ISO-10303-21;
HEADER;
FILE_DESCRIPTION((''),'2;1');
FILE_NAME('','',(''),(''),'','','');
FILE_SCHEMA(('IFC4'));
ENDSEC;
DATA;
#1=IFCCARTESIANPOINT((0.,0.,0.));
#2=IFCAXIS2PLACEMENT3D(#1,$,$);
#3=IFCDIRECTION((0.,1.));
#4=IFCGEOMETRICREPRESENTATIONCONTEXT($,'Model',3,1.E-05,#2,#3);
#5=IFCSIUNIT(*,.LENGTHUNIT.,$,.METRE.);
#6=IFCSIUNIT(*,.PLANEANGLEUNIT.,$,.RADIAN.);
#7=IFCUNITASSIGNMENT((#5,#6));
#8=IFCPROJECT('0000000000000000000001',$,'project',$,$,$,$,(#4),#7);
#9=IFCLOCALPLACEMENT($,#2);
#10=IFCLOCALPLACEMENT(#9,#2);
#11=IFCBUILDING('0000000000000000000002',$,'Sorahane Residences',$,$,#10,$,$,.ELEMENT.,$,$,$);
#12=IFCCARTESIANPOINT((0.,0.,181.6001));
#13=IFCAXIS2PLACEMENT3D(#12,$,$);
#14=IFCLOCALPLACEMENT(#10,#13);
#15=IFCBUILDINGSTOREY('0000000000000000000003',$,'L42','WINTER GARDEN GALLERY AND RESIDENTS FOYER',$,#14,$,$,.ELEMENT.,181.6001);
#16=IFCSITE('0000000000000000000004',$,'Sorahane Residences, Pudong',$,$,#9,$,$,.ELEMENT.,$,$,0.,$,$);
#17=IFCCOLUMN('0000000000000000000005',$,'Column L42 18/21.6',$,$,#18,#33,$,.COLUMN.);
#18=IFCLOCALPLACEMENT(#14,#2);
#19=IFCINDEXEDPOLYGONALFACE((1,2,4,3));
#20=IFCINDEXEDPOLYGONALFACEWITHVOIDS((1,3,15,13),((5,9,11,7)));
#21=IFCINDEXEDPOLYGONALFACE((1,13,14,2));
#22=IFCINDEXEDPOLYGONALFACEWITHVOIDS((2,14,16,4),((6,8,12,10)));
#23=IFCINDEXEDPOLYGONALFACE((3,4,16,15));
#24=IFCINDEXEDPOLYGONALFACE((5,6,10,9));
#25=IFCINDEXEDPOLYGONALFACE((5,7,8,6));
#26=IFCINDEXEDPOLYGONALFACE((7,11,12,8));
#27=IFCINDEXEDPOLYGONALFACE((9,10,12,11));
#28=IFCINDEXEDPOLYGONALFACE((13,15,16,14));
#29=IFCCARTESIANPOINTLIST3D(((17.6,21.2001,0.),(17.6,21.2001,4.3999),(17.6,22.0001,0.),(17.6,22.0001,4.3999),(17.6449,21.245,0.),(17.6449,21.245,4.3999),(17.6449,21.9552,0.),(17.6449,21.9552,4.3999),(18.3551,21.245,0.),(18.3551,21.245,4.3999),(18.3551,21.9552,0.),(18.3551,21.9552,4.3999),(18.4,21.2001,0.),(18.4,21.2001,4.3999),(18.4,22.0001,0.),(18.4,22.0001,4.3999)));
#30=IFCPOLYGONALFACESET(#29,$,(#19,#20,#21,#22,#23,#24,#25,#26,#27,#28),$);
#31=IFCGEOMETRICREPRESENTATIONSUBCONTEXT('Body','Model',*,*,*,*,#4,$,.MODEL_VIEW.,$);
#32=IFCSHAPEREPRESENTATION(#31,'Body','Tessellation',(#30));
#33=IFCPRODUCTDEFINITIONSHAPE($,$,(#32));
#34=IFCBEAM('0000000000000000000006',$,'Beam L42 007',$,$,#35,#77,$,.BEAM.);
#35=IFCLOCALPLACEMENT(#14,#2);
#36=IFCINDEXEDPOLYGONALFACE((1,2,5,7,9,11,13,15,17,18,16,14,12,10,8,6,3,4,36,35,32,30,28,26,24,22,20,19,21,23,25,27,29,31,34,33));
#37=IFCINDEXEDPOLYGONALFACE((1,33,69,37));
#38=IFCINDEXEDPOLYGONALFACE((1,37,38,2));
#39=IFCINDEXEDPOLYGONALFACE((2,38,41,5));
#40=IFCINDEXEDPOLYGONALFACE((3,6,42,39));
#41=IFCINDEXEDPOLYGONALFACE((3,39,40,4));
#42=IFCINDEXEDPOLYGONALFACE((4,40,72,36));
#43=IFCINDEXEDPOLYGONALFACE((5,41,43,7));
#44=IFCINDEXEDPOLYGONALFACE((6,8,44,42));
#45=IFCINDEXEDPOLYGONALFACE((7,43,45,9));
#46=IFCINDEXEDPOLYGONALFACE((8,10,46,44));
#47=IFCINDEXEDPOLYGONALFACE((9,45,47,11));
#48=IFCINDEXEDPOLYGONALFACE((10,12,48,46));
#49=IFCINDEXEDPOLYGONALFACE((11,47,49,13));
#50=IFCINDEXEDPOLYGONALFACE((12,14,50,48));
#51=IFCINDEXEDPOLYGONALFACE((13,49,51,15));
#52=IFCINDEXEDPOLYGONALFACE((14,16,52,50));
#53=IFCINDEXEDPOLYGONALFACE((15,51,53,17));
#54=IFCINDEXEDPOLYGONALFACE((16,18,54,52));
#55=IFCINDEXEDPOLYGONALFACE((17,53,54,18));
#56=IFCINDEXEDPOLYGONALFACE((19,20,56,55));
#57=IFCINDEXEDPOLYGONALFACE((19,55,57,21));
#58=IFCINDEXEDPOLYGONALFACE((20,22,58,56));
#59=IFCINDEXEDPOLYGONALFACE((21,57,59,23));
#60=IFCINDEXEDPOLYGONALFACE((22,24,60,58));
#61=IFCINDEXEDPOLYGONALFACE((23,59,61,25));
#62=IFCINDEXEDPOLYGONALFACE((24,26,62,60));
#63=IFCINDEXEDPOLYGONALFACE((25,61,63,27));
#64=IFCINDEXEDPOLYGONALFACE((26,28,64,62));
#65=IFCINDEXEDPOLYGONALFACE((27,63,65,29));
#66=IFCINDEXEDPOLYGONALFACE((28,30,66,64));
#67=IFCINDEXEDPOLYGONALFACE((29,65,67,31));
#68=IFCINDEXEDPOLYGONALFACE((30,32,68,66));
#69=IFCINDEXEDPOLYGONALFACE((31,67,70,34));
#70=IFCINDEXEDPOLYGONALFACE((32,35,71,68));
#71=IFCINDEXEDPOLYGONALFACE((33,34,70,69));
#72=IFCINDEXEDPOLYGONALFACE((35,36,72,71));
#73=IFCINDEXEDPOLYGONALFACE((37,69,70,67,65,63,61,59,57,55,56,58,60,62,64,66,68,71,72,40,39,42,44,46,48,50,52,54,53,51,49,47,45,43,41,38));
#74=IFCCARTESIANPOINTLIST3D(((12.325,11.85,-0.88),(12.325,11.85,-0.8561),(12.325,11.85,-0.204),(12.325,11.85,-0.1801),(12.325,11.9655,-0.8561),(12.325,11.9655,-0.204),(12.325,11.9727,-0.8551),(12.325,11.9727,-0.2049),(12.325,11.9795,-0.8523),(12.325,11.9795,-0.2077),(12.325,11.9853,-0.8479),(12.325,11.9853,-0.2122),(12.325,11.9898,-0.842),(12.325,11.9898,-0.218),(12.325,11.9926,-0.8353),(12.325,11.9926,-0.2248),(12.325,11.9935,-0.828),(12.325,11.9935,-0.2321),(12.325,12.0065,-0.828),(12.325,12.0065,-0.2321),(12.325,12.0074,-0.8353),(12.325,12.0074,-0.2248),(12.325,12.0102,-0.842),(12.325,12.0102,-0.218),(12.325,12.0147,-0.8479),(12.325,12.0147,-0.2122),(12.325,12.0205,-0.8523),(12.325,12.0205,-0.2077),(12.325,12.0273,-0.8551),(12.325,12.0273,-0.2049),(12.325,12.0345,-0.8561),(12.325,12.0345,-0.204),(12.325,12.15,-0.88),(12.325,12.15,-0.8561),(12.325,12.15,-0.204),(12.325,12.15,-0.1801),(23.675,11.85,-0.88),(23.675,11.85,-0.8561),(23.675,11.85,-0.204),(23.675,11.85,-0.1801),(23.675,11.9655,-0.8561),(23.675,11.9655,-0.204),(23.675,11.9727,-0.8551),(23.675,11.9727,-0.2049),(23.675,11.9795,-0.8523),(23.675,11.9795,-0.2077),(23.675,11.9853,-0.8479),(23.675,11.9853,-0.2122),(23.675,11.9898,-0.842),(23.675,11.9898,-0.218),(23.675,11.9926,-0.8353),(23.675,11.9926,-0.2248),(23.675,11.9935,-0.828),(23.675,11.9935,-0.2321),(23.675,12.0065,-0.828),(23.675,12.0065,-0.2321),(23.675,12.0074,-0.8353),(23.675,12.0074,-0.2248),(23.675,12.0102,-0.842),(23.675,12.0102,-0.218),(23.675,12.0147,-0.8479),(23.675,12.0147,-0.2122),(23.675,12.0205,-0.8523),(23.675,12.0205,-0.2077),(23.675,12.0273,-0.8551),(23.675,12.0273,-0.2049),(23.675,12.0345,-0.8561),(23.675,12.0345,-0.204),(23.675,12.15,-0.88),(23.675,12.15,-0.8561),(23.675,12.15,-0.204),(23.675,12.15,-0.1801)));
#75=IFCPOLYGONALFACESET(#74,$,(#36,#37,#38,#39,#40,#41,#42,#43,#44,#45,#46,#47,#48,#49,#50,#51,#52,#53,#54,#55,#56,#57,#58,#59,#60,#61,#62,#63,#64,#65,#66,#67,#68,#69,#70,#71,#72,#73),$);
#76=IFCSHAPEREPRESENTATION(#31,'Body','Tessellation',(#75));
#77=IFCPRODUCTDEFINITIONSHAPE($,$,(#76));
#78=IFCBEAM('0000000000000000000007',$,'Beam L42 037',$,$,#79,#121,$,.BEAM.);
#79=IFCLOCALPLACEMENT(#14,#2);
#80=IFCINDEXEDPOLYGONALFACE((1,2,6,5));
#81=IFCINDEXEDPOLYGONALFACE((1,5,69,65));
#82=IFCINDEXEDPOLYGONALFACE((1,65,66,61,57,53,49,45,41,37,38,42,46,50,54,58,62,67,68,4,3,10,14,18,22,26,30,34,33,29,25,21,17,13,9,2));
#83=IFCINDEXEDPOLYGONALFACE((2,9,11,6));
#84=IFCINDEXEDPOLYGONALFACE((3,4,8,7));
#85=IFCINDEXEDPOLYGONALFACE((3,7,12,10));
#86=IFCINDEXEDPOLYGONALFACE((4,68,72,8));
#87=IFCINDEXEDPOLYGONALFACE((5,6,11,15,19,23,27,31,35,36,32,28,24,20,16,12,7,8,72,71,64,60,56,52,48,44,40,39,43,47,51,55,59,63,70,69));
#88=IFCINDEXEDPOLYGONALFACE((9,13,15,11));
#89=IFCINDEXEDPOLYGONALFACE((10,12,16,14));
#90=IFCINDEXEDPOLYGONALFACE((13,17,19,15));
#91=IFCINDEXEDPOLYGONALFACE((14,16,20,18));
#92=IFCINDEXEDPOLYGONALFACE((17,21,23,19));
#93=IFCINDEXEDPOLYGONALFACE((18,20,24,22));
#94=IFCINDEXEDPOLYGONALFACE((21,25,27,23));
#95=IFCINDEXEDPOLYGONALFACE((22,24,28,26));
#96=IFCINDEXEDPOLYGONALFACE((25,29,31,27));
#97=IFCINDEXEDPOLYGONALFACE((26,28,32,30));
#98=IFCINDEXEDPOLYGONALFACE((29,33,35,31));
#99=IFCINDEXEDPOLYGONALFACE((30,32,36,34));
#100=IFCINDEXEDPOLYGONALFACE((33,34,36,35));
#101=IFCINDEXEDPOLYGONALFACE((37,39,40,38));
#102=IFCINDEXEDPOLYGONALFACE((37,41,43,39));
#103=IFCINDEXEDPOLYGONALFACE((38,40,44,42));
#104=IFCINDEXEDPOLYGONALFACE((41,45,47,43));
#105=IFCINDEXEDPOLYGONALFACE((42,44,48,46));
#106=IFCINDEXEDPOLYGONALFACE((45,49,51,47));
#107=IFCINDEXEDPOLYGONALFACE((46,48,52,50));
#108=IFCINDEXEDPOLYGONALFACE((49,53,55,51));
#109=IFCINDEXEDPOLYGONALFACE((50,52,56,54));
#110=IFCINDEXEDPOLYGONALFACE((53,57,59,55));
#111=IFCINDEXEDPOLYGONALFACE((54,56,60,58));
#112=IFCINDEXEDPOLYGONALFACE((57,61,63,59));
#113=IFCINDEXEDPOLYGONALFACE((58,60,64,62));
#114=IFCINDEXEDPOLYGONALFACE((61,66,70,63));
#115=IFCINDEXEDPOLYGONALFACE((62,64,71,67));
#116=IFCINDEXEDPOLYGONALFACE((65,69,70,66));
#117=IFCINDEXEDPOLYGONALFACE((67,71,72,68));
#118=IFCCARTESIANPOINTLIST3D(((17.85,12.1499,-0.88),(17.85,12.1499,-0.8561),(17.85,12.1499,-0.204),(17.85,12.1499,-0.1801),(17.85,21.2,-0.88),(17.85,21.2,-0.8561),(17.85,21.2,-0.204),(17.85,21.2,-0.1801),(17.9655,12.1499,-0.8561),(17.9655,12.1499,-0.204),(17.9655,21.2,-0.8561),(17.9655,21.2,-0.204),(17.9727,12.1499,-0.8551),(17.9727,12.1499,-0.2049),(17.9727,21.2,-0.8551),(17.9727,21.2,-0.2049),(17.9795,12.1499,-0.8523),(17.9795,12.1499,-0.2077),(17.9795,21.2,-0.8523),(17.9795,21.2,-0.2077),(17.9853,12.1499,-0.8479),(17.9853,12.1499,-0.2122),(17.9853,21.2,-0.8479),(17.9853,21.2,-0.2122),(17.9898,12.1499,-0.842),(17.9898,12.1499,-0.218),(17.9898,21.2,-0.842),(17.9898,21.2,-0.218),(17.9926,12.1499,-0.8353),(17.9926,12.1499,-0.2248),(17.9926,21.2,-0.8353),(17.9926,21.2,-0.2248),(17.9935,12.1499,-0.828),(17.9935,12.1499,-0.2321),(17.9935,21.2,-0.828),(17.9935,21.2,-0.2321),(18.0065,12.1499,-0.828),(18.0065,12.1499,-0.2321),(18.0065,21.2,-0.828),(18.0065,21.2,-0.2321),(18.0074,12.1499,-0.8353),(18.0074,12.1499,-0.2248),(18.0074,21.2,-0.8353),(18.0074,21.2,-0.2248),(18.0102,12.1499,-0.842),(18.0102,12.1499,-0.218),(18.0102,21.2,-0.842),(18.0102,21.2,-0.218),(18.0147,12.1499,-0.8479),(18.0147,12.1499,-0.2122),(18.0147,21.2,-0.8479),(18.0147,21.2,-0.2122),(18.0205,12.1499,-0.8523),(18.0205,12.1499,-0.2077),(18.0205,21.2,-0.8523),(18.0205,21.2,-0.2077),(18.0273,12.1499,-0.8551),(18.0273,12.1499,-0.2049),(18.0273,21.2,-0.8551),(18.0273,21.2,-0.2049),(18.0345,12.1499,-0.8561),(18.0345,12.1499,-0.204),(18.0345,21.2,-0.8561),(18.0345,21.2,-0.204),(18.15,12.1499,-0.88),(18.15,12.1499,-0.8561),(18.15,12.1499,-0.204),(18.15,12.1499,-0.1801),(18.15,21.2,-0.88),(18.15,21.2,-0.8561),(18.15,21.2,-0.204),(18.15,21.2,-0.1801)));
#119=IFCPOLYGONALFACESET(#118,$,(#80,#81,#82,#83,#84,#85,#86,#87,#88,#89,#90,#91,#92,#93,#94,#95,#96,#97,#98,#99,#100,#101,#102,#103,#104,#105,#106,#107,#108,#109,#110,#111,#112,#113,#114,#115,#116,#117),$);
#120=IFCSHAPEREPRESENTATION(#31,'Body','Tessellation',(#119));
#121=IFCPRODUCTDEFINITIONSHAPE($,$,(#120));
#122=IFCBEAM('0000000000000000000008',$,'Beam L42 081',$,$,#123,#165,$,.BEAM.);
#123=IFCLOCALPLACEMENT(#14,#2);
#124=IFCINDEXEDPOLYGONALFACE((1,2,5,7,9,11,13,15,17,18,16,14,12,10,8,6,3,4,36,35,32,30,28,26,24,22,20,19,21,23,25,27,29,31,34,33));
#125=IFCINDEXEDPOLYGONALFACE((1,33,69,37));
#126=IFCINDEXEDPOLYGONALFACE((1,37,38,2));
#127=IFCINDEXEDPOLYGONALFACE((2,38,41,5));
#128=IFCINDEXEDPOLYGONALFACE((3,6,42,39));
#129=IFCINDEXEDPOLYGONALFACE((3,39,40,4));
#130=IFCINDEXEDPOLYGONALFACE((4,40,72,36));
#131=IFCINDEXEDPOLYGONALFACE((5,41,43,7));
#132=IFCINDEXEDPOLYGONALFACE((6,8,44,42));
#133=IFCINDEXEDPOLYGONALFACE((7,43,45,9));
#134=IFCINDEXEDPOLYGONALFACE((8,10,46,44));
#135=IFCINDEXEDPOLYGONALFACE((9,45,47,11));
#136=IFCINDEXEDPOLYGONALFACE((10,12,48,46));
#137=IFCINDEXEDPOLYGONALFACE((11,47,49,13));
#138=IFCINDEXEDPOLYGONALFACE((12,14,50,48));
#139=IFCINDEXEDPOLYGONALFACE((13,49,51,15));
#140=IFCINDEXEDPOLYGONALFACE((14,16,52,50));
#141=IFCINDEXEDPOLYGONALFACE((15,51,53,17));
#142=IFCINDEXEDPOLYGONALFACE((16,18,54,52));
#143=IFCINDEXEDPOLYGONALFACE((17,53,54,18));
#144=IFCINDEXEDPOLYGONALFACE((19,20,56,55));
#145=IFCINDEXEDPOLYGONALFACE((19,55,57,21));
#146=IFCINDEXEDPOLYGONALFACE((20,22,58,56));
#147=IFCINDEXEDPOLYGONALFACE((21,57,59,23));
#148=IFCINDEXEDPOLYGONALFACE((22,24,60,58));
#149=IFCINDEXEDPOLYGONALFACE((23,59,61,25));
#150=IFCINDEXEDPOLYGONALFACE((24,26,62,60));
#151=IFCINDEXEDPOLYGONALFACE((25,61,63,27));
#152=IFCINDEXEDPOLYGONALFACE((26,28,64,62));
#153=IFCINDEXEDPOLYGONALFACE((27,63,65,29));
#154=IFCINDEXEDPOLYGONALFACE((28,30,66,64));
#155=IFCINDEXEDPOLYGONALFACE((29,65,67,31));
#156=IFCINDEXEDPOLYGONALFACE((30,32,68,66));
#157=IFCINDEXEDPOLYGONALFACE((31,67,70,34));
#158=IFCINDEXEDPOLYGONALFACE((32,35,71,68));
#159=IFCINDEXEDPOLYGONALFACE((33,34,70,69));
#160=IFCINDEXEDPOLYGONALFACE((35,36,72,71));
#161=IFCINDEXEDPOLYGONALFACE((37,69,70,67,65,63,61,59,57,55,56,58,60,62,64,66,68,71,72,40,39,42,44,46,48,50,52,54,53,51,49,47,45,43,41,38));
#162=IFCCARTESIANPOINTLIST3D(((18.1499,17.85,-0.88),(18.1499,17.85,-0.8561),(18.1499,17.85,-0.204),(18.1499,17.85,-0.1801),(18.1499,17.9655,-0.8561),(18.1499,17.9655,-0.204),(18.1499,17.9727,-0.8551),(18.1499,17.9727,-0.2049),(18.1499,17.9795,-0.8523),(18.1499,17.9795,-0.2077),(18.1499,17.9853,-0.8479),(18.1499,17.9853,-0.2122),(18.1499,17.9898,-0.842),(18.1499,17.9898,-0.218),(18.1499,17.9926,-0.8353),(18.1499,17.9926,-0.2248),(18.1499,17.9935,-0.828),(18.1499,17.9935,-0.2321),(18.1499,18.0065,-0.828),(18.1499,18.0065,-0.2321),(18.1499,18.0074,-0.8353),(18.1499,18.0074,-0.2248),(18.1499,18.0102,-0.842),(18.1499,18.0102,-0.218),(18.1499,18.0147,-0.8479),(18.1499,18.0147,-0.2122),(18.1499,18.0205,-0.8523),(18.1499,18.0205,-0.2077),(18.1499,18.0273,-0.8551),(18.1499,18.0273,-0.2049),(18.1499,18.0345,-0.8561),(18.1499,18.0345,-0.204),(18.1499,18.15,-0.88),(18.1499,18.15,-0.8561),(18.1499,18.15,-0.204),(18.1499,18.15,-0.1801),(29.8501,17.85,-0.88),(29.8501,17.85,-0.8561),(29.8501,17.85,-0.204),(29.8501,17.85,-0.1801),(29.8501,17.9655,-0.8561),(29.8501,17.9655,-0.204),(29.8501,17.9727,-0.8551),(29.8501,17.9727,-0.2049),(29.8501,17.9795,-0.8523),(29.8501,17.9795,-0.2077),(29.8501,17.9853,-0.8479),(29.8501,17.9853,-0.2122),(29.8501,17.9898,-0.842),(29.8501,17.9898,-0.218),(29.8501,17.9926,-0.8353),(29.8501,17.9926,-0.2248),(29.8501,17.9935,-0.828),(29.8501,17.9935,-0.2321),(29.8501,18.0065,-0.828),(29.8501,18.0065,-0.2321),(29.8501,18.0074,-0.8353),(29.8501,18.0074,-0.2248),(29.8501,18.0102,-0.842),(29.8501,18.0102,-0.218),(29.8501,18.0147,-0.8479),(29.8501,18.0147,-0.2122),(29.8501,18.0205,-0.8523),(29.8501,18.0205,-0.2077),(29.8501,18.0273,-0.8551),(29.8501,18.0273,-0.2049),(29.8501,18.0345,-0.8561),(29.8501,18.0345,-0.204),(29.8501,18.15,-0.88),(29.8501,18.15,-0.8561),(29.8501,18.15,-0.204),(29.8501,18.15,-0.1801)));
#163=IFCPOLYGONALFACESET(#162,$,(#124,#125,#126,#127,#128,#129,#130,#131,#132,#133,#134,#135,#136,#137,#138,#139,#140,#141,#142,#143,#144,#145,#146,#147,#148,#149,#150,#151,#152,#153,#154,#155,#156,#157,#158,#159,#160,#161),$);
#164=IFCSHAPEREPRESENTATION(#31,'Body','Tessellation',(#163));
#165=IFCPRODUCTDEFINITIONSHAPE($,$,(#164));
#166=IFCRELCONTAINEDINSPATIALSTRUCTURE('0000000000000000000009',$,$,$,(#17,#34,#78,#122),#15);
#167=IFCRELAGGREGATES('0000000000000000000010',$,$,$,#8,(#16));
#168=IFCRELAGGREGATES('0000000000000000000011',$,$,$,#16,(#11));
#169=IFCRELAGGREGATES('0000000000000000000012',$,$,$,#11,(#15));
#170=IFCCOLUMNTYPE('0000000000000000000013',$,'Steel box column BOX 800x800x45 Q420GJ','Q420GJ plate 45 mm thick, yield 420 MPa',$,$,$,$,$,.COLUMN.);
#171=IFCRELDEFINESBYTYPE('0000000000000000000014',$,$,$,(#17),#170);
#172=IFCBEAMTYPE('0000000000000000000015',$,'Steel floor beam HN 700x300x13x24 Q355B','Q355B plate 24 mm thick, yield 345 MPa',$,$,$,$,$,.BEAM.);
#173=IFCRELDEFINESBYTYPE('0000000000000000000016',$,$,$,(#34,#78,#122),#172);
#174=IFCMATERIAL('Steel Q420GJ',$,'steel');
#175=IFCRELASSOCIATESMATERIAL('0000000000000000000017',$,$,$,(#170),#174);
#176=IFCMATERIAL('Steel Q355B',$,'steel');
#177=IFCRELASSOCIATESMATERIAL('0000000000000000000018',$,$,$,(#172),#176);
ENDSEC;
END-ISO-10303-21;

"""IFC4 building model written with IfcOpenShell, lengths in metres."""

from ifc_helpers import new_model, si_unit, direction, frame, origin, origin_2d, place, context, subcontext, project, spatial, hollow_rectangle, i_section, extrude, material, material_profile, profile_set, type_object, element, save


model = new_model("IFC4")

# Units and contexts
model_context = context("Model", 3, precision=1e-05, world=origin(), true_north=direction((0.0, 1.0)))
body_context = subcontext(model_context, "Body", "Model", "MODEL_VIEW")
ifc_project = project(units=[si_unit("LENGTHUNIT", "METRE"), si_unit("PLANEANGLEUNIT", "RADIAN")], contexts=[model_context])

# Site, building, storey
site_placement = place(None, origin())
site = spatial("IfcSite", under=ifc_project, at=site_placement, Name="Sorahane Residences, Pudong", CompositionType="ELEMENT", RefElevation=0.0)
building_placement = place(site_placement, origin())
building = spatial("IfcBuilding", under=site, at=building_placement, Name="Sorahane Residences", CompositionType="ELEMENT")
storey_placement = place(building_placement, frame((0.0, 0.0, 181.6001)))
storey = spatial("IfcBuildingStorey", under=building, at=storey_placement, Name="L42", Description="WINTER GARDEN GALLERY AND RESIDENTS FOYER", CompositionType="ELEMENT", Elevation=181.6001)

# Column
ifc_material_1 = material(Name="Steel Q420GJ", Category="steel")
ifc_material_profile_1 = material_profile(ifc_material_1, hollow_rectangle(XDim=0.8, YDim=0.8, WallThickness=0.0449, at=origin_2d()), Name="BOX 800x800x45")
ifc_profile_set_1 = profile_set([ifc_material_profile_1], Name="Steel Q420GJ")
column_type = type_object("IfcColumnType", Name="Steel box column BOX 800x800x45 Q420GJ", Description="Q420GJ plate 45 mm thick, yield 420 MPa", PredefinedType="COLUMN", material=ifc_profile_set_1)
column_placement = place(storey_placement, frame((18.0, 21.6001, 0.0), z_axis=(0.0, 0.0, 1.0), x_axis=(1.0, 0.0, 0.0)))
element("IfcColumn", 1, at=column_placement, inside=storey, type_object=column_type, Name="Column L42 18/21.6", PredefinedType="COLUMN", context=body_context, shape_type="SweptSolid", body=[
    extrude(hollow_rectangle(XDim=0.8, YDim=0.8, WallThickness=0.0449, at=origin_2d()), origin(), (0.0, 0.0, 1.0), 4.3999),
])

# Beams
ifc_material_2 = material(Name="Steel Q355B", Category="steel")
ifc_material_profile_2 = material_profile(ifc_material_2, i_section(OverallWidth=0.3, OverallDepth=0.7, WebThickness=0.0129, FlangeThickness=0.0239, FilletRadius=0.0281, at=origin_2d()), Name="HN 700x300x13x24")
ifc_profile_set_2 = profile_set([ifc_material_profile_2], Name="Steel Q355B")
beam_type = type_object("IfcBeamType", Name="Steel floor beam HN 700x300x13x24 Q355B", Description="Q355B plate 24 mm thick, yield 345 MPa", PredefinedType="BEAM", material=ifc_profile_set_2)
beam_1_placement = place(storey_placement, frame((12.325, 12.0, -0.53), z_axis=(1.0, 0.0, 0.0), x_axis=(0.0, 1.0, 0.0)))
element("IfcBeam", 2, at=beam_1_placement, inside=storey, type_object=beam_type, Name="Beam L42 007", PredefinedType="BEAM", context=body_context, shape_type="SweptSolid", body=[
    extrude(i_section(OverallWidth=0.3, OverallDepth=0.7, WebThickness=0.0129, FlangeThickness=0.0239, FilletRadius=0.0281, at=origin_2d()), origin(), (0.0, 0.0, 1.0), 11.3501),
])
beam_2_placement = place(storey_placement, frame((18.0, 12.1499, -0.53), z_axis=(0.0, 1.0, 0.0), x_axis=(-1.0, 0.0, 0.0)))
element("IfcBeam", 3, at=beam_2_placement, inside=storey, type_object=beam_type, Name="Beam L42 037", PredefinedType="BEAM", context=body_context, shape_type="SweptSolid", body=[
    extrude(i_section(OverallWidth=0.3, OverallDepth=0.7, WebThickness=0.0129, FlangeThickness=0.0239, FilletRadius=0.0281, at=origin_2d()), origin(), (0.0, 0.0, 1.0), 9.05),
])
beam_3_placement = place(storey_placement, frame((18.1499, 18.0, -0.53), z_axis=(1.0, 0.0, 0.0), x_axis=(0.0, 1.0, 0.0)))
element("IfcBeam", 4, at=beam_3_placement, inside=storey, type_object=beam_type, Name="Beam L42 081", PredefinedType="BEAM", context=body_context, shape_type="SweptSolid", body=[
    extrude(i_section(OverallWidth=0.3, OverallDepth=0.7, WebThickness=0.0129, FlangeThickness=0.0239, FilletRadius=0.0281, at=origin_2d()), origin(), (0.0, 0.0, 1.0), 11.7002),
])

save(model, "model.ifc")
